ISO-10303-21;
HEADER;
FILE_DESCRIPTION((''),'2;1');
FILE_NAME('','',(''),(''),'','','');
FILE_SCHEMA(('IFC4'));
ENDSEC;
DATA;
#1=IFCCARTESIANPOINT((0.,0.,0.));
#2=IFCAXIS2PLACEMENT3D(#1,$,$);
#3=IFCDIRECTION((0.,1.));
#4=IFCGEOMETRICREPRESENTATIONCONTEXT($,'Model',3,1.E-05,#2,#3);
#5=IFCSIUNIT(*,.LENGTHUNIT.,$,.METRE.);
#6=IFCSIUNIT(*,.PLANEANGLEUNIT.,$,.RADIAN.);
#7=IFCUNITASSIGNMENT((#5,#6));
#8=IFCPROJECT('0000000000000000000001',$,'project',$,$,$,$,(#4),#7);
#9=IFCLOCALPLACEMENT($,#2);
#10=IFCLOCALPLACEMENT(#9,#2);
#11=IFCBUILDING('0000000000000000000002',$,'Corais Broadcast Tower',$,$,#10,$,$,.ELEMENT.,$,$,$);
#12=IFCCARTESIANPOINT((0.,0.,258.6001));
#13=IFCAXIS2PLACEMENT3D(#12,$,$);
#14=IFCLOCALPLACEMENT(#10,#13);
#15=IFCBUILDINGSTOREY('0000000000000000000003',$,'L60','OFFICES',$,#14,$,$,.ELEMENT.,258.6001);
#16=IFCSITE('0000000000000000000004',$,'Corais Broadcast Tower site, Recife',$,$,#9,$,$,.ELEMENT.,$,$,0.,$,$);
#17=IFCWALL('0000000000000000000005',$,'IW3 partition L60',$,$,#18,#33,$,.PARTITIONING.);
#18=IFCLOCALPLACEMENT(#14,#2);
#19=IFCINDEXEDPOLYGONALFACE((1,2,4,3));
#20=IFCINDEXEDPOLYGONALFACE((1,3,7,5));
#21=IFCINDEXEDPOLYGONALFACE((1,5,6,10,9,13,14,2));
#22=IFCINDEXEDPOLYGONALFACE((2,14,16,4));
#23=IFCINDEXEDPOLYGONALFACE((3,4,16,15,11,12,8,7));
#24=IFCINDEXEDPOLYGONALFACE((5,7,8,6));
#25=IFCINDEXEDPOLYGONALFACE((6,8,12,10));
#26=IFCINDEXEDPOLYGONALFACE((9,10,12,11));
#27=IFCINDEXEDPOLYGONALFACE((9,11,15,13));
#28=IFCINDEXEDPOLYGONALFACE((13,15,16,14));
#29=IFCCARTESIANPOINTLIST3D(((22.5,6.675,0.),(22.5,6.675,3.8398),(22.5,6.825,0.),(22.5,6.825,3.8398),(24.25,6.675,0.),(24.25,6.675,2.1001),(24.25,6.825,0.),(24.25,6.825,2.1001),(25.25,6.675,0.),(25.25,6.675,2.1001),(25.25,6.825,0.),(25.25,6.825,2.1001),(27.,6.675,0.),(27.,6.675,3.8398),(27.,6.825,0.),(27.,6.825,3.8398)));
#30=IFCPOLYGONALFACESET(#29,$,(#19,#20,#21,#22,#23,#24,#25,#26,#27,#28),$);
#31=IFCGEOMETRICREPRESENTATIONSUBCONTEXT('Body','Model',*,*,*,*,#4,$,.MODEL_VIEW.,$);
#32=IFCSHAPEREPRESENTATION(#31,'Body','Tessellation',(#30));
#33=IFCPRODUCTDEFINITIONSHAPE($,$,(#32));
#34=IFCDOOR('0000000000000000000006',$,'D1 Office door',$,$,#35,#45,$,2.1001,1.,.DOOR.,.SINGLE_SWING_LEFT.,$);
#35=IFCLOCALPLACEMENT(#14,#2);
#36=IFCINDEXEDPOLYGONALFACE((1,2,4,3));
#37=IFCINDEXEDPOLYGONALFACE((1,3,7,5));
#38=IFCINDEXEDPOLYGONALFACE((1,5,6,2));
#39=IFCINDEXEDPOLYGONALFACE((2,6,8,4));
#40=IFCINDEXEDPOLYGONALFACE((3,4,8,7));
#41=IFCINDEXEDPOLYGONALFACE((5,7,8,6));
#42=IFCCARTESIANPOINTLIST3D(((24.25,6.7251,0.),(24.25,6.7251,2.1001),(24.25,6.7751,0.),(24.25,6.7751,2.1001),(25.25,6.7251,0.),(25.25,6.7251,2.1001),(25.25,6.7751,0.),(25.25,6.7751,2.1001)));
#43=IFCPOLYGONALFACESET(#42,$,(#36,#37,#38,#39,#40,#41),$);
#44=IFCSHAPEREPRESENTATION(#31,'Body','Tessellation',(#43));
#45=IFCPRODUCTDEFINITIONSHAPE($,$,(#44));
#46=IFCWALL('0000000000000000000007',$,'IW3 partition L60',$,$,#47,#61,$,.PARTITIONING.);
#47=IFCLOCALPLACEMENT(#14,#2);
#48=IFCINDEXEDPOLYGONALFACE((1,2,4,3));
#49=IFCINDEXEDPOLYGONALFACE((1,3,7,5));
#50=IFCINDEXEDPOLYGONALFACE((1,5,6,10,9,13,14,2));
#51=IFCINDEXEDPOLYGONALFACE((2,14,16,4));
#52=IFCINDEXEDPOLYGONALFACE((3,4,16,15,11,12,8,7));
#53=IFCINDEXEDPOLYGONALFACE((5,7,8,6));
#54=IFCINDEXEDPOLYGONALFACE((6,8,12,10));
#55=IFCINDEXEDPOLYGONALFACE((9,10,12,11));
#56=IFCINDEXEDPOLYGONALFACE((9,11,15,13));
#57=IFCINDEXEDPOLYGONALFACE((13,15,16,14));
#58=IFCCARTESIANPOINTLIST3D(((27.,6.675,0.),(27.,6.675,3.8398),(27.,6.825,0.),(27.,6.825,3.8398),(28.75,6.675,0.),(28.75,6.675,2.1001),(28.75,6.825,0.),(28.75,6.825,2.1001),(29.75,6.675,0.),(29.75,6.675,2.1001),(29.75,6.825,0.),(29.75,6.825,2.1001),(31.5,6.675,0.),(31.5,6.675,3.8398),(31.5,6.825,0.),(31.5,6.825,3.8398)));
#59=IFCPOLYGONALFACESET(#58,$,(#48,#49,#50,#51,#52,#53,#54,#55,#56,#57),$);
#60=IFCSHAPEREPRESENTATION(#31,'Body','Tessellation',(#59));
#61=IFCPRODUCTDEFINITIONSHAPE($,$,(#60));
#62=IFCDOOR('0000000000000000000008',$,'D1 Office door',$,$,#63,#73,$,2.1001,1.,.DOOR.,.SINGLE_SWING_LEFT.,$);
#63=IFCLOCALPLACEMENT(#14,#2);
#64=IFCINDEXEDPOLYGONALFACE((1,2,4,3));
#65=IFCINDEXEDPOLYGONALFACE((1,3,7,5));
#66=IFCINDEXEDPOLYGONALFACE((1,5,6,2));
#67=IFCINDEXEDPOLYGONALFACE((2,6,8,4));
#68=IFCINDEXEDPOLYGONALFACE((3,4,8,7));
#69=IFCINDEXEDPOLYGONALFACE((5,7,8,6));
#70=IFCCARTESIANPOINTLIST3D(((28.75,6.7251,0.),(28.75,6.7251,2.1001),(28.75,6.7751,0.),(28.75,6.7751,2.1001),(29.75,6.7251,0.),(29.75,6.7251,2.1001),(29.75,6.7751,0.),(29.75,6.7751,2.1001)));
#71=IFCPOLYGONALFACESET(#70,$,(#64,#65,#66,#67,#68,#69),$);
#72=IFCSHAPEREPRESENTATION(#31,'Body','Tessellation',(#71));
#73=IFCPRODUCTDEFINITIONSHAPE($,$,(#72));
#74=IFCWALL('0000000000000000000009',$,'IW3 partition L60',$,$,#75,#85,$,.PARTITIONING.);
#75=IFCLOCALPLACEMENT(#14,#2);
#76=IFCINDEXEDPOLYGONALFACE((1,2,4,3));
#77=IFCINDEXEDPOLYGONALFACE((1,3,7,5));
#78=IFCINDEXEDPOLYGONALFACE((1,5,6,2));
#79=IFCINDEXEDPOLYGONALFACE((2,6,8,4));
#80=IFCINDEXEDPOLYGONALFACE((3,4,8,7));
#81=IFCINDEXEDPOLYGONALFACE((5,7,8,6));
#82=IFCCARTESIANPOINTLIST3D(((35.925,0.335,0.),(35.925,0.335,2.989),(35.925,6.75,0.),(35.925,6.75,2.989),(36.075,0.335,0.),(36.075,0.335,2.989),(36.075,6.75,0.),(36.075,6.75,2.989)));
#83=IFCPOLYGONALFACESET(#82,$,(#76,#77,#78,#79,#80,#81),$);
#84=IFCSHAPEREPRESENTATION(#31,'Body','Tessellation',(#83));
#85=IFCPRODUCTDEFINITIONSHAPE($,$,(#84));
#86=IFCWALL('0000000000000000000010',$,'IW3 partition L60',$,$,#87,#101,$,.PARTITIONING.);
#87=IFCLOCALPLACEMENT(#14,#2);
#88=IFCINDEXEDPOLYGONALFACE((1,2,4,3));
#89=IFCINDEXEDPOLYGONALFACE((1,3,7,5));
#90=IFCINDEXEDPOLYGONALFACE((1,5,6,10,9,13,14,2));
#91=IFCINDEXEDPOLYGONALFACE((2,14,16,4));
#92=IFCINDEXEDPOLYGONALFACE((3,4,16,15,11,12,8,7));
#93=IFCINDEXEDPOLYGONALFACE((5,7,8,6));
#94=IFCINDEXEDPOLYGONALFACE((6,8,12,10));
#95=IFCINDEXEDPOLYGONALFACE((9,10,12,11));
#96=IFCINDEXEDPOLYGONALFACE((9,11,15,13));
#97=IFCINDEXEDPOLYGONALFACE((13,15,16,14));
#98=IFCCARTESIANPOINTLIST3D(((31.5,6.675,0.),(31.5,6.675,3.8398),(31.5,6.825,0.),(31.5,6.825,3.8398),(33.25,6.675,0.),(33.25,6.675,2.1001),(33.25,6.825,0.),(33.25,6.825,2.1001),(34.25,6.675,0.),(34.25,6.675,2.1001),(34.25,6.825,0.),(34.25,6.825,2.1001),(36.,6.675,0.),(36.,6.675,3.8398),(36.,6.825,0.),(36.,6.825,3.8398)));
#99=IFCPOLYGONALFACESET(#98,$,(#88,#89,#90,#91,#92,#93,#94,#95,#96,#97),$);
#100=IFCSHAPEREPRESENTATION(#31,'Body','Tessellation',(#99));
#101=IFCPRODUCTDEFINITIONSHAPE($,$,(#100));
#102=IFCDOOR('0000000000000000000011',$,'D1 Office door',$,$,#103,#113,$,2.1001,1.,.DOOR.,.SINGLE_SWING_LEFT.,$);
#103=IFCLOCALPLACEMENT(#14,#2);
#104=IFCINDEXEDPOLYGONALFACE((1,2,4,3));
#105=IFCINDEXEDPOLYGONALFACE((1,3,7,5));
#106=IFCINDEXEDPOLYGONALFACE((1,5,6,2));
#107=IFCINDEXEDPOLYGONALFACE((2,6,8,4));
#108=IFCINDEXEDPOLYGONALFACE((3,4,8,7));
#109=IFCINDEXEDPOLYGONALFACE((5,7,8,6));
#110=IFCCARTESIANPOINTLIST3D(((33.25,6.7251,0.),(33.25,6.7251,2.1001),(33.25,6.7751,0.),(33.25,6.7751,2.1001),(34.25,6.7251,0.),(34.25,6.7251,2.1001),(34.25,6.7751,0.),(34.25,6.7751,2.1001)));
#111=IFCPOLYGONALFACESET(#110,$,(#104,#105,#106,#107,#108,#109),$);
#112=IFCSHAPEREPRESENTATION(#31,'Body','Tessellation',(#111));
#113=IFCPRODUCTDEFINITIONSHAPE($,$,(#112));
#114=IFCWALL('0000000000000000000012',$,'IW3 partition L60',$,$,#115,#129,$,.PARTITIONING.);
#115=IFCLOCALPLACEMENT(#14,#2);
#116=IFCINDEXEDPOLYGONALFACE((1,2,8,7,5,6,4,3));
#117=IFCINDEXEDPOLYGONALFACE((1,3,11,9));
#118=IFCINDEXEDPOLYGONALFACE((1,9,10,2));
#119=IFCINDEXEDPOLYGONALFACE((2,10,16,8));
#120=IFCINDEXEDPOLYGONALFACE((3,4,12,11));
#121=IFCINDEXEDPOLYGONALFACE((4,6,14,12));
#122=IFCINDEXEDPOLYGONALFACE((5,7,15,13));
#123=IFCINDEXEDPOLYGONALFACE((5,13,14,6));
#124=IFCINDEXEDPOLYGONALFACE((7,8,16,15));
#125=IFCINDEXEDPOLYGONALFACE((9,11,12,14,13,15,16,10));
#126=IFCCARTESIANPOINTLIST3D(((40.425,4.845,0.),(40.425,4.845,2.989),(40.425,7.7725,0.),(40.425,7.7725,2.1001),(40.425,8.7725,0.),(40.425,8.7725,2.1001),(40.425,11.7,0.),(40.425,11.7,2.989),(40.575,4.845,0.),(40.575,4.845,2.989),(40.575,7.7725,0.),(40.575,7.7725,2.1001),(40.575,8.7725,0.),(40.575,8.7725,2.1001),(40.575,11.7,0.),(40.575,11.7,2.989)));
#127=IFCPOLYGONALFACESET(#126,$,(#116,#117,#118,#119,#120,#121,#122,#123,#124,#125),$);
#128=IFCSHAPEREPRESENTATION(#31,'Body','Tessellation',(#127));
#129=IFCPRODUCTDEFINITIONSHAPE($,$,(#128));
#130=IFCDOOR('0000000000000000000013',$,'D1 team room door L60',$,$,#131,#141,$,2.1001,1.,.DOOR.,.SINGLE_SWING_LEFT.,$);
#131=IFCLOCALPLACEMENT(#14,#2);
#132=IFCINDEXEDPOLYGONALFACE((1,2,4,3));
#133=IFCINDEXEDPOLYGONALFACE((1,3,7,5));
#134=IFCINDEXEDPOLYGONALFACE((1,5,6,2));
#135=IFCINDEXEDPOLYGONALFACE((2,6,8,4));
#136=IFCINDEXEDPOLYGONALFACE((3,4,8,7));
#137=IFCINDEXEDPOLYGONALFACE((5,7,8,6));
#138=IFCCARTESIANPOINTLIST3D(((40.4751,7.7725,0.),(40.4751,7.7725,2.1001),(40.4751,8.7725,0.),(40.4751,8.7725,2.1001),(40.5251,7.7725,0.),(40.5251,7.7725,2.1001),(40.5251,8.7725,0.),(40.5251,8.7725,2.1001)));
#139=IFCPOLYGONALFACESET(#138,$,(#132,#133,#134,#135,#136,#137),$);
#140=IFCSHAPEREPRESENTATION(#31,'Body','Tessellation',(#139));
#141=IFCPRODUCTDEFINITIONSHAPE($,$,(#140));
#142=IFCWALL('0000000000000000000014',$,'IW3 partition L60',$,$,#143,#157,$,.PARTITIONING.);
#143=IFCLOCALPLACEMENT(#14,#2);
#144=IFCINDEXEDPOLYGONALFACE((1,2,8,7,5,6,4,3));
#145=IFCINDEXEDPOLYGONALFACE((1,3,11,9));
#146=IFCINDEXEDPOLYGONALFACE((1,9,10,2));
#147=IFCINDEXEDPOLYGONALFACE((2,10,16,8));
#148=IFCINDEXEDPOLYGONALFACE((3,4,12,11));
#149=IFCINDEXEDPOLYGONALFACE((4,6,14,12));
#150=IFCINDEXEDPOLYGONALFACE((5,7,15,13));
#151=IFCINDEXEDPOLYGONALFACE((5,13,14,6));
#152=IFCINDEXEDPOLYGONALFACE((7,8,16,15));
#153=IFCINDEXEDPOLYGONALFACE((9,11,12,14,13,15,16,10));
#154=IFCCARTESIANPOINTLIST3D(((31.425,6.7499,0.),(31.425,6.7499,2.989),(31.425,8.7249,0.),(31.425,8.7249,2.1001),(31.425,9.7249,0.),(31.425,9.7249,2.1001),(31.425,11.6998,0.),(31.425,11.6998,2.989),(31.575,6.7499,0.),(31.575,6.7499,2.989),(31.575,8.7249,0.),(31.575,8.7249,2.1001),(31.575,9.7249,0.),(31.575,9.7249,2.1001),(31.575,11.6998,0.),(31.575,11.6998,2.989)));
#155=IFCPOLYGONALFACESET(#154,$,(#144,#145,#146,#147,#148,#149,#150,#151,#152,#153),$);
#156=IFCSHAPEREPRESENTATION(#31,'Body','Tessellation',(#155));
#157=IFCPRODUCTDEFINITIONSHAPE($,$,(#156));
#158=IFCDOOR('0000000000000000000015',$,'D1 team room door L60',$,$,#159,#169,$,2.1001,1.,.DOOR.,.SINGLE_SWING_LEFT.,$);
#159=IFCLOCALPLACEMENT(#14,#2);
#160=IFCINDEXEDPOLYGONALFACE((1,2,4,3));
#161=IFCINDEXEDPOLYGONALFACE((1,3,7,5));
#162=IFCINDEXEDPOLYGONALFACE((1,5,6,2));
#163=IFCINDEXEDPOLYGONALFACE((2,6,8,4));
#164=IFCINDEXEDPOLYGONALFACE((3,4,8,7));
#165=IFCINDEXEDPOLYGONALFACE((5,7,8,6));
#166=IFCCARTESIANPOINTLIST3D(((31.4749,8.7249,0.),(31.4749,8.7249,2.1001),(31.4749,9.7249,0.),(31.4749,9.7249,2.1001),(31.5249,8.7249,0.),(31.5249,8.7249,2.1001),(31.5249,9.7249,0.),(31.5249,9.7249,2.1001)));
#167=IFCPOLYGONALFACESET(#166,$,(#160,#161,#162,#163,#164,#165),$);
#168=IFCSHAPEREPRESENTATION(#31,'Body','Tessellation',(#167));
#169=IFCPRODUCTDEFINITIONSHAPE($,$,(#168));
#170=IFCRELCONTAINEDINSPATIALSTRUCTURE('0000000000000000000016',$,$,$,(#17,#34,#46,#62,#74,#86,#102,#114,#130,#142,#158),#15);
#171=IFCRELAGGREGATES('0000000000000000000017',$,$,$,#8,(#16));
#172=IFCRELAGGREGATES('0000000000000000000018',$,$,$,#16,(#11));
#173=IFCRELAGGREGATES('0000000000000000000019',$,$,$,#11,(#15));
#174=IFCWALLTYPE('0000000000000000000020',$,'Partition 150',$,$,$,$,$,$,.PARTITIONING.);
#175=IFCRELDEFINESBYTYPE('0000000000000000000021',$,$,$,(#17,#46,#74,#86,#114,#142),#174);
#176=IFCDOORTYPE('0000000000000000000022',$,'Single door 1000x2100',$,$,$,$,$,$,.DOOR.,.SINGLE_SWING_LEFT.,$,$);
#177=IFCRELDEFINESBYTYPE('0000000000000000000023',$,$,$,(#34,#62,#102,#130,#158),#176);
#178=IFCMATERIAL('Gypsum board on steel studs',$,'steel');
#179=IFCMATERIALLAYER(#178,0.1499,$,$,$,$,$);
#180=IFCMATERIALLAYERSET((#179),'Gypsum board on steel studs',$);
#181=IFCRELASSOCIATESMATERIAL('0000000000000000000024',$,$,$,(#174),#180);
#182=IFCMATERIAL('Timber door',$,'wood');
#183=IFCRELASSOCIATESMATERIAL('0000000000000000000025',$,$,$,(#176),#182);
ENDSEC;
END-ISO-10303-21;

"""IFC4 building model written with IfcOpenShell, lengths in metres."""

from ifc_helpers import new_model, si_unit, direction, frame, frame_2d, origin, place, context, subcontext, project, spatial, rectangle, extrude, material, layer, layer_set, type_object, element, fill, save


model = new_model("IFC4")

# Units and contexts
model_context = context("Model", 3, precision=1e-05, world=origin(), true_north=direction((0.0, 1.0)))
body_context = subcontext(model_context, "Body", "Model", "MODEL_VIEW")
ifc_project = project(units=[si_unit("LENGTHUNIT", "METRE"), si_unit("PLANEANGLEUNIT", "RADIAN")], contexts=[model_context])

# Site, building, storey
site_placement = place(None, origin())
site = spatial("IfcSite", under=ifc_project, at=site_placement, Name="Corais Broadcast Tower site, Recife", CompositionType="ELEMENT", RefElevation=0.0)
building_placement = place(site_placement, origin())
building = spatial("IfcBuilding", under=site, at=building_placement, Name="Corais Broadcast Tower", CompositionType="ELEMENT")
storey_placement = place(building_placement, frame((0.0, 0.0, 258.6001)))
storey = spatial("IfcBuildingStorey", under=building, at=storey_placement, Name="L60", Description="OFFICES", CompositionType="ELEMENT", Elevation=258.6001)

# Walls, openings, doors
ifc_material_1 = material(Name="Gypsum board on steel studs", Category="steel")
ifc_layer_1 = layer(ifc_material_1, 0.1499)
ifc_layer_set_1 = layer_set([ifc_layer_1], Name="Gypsum board on steel studs")
wall_type_1 = type_object("IfcWallType", Name="Partition 150", PredefinedType="PARTITIONING", material=ifc_layer_set_1)
wall_1_placement = place(storey_placement, frame((27.0, 6.75, 0.0), z_axis=(0.0, 0.0, 1.0), x_axis=(-1.0, 0.0, 0.0)))
wall_1 = element("IfcWall", 1, at=wall_1_placement, inside=storey, type_object=wall_type_1, Name="IW3 partition L60", PredefinedType="PARTITIONING", context=body_context, shape_type="SweptSolid", body=[
    extrude(rectangle(XDim=4.5, YDim=0.1499, at=frame_2d((2.25, 0.0))), origin(), (0.0, 0.0, 1.0), 3.8398),
])
opening_1_placement = place(wall_1_placement, frame((1.75, 0.0, 0.0)))
opening_1 = element("IfcOpeningElement", 2, at=opening_1_placement, cuts=wall_1, PredefinedType="OPENING", context=body_context, shape_type="SweptSolid", body=[
    extrude(rectangle(XDim=1.0, YDim=2.1001, at=frame_2d((0.5, 1.05))), frame((0.0, 0.085, 0.0), z_axis=(0.0, -1.0, 0.0), x_axis=(1.0, 0.0, 0.0)), (0.0, 0.0, 1.0), 0.1699),
])
ifc_material_2 = material(Name="Timber door", Category="wood")
door_type = type_object("IfcDoorType", Name="Single door 1000x2100", OperationType="SINGLE_SWING_LEFT", PredefinedType="DOOR", material=ifc_material_2)
door_1_placement = place(opening_1_placement, origin())
door_1 = element("IfcDoor", 3, at=door_1_placement, inside=storey, type_object=door_type, Name="D1 Office door", OperationType="SINGLE_SWING_LEFT", OverallHeight=2.1001, OverallWidth=1.0, PredefinedType="DOOR", context=body_context, shape_type="SweptSolid", body=[
    extrude(rectangle(XDim=1.0, YDim=2.1001, at=frame_2d((0.5, 1.05))), frame((0.0, 0.0249, 0.0), z_axis=(0.0, -1.0, 0.0), x_axis=(1.0, 0.0, 0.0)), (0.0, 0.0, 1.0), 0.05),
])
fill(opening_1, door_1)
wall_2_placement = place(storey_placement, frame((31.5, 6.75, 0.0), z_axis=(0.0, 0.0, 1.0), x_axis=(-1.0, 0.0, 0.0)))
wall_2 = element("IfcWall", 4, at=wall_2_placement, inside=storey, type_object=wall_type_1, Name="IW3 partition L60", PredefinedType="PARTITIONING", context=body_context, shape_type="SweptSolid", body=[
    extrude(rectangle(XDim=4.5, YDim=0.1499, at=frame_2d((2.25, 0.0))), origin(), (0.0, 0.0, 1.0), 3.8398),
])
opening_2_placement = place(wall_2_placement, frame((1.75, 0.0, 0.0)))
opening_2 = element("IfcOpeningElement", 5, at=opening_2_placement, cuts=wall_2, PredefinedType="OPENING", context=body_context, shape_type="SweptSolid", body=[
    extrude(rectangle(XDim=1.0, YDim=2.1001, at=frame_2d((0.5, 1.05))), frame((0.0, 0.085, 0.0), z_axis=(0.0, -1.0, 0.0), x_axis=(1.0, 0.0, 0.0)), (0.0, 0.0, 1.0), 0.1699),
])
door_2_placement = place(opening_2_placement, origin())
door_2 = element("IfcDoor", 6, at=door_2_placement, inside=storey, type_object=door_type, Name="D1 Office door", OperationType="SINGLE_SWING_LEFT", OverallHeight=2.1001, OverallWidth=1.0, PredefinedType="DOOR", context=body_context, shape_type="SweptSolid", body=[
    extrude(rectangle(XDim=1.0, YDim=2.1001, at=frame_2d((0.5, 1.05))), frame((0.0, 0.0249, 0.0), z_axis=(0.0, -1.0, 0.0), x_axis=(1.0, 0.0, 0.0)), (0.0, 0.0, 1.0), 0.05),
])
fill(opening_2, door_2)

# Wall
wall_3_placement = place(storey_placement, frame((36.0, 0.335, 0.0), z_axis=(0.0, 0.0, 1.0), x_axis=(0.0, 1.0, 0.0)))
element("IfcWall", 7, at=wall_3_placement, inside=storey, type_object=wall_type_1, Name="IW3 partition L60", PredefinedType="PARTITIONING", context=body_context, shape_type="SweptSolid", body=[
    extrude(rectangle(XDim=6.415, YDim=0.1499, at=frame_2d((3.2075, 0.0))), origin(), (0.0, 0.0, 1.0), 2.989),
])

# Walls, openings, doors
wall_4_placement = place(storey_placement, frame((36.0, 6.75, 0.0), z_axis=(0.0, 0.0, 1.0), x_axis=(-1.0, 0.0, 0.0)))
wall_4 = element("IfcWall", 8, at=wall_4_placement, inside=storey, type_object=wall_type_1, Name="IW3 partition L60", PredefinedType="PARTITIONING", context=body_context, shape_type="SweptSolid", body=[
    extrude(rectangle(XDim=4.5, YDim=0.1499, at=frame_2d((2.25, 0.0))), origin(), (0.0, 0.0, 1.0), 3.8398),
])
opening_3_placement = place(wall_4_placement, frame((1.75, 0.0, 0.0)))
opening_3 = element("IfcOpeningElement", 9, at=opening_3_placement, cuts=wall_4, PredefinedType="OPENING", context=body_context, shape_type="SweptSolid", body=[
    extrude(rectangle(XDim=1.0, YDim=2.1001, at=frame_2d((0.5, 1.05))), frame((0.0, 0.085, 0.0), z_axis=(0.0, -1.0, 0.0), x_axis=(1.0, 0.0, 0.0)), (0.0, 0.0, 1.0), 0.1699),
])
door_3_placement = place(opening_3_placement, origin())
door_3 = element("IfcDoor", 10, at=door_3_placement, inside=storey, type_object=door_type, Name="D1 Office door", OperationType="SINGLE_SWING_LEFT", OverallHeight=2.1001, OverallWidth=1.0, PredefinedType="DOOR", context=body_context, shape_type="SweptSolid", body=[
    extrude(rectangle(XDim=1.0, YDim=2.1001, at=frame_2d((0.5, 1.05))), frame((0.0, 0.0249, 0.0), z_axis=(0.0, -1.0, 0.0), x_axis=(1.0, 0.0, 0.0)), (0.0, 0.0, 1.0), 0.05),
])
fill(opening_3, door_3)
wall_5_placement = place(storey_placement, frame((40.5, 4.845, 0.0), z_axis=(0.0, 0.0, 1.0), x_axis=(0.0, 1.0, 0.0)))
wall_5 = element("IfcWall", 11, at=wall_5_placement, inside=storey, type_object=wall_type_1, Name="IW3 partition L60", PredefinedType="PARTITIONING", context=body_context, shape_type="SweptSolid", body=[
    extrude(rectangle(XDim=6.855, YDim=0.1499, at=frame_2d((3.4275, 0.0))), origin(), (0.0, 0.0, 1.0), 2.989),
])
opening_4_placement = place(wall_5_placement, frame((2.9275, 0.0, 0.0)))
opening_4 = element("IfcOpeningElement", 12, at=opening_4_placement, cuts=wall_5, PredefinedType="OPENING", context=body_context, shape_type="SweptSolid", body=[
    extrude(rectangle(XDim=1.0, YDim=2.1001, at=frame_2d((0.5, 1.05))), frame((0.0, 0.085, 0.0), z_axis=(0.0, -1.0, 0.0), x_axis=(1.0, 0.0, 0.0)), (0.0, 0.0, 1.0), 0.1699),
])
door_4_placement = place(opening_4_placement, origin())
door_4 = element("IfcDoor", 13, at=door_4_placement, inside=storey, type_object=door_type, Name="D1 team room door L60", OperationType="SINGLE_SWING_LEFT", OverallHeight=2.1001, OverallWidth=1.0, PredefinedType="DOOR", context=body_context, shape_type="SweptSolid", body=[
    extrude(rectangle(XDim=1.0, YDim=2.1001, at=frame_2d((0.5, 1.05))), frame((0.0, 0.0249, 0.0), z_axis=(0.0, -1.0, 0.0), x_axis=(1.0, 0.0, 0.0)), (0.0, 0.0, 1.0), 0.05),
])
fill(opening_4, door_4)
wall_6_placement = place(storey_placement, frame((31.5, 11.7, 0.0), z_axis=(0.0, 0.0, 1.0), x_axis=(0.0, -1.0, 0.0)))
wall_6 = element("IfcWall", 14, at=wall_6_placement, inside=storey, type_object=wall_type_1, Name="IW3 partition L60", PredefinedType="PARTITIONING", context=body_context, shape_type="SweptSolid", body=[
    extrude(rectangle(XDim=4.95, YDim=0.1499, at=frame_2d((2.4751, 0.0))), origin(), (0.0, 0.0, 1.0), 2.989),
])
opening_5_placement = place(wall_6_placement, frame((1.9751, 0.0, 0.0)))
opening_5 = element("IfcOpeningElement", 15, at=opening_5_placement, cuts=wall_6, PredefinedType="OPENING", context=body_context, shape_type="SweptSolid", body=[
    extrude(rectangle(XDim=1.0, YDim=2.1001, at=frame_2d((0.5, 1.05))), frame((0.0, 0.085, 0.0), z_axis=(0.0, -1.0, 0.0), x_axis=(1.0, 0.0, 0.0)), (0.0, 0.0, 1.0), 0.1699),
])
door_5_placement = place(opening_5_placement, origin())
door_5 = element("IfcDoor", 16, at=door_5_placement, inside=storey, type_object=door_type, Name="D1 team room door L60", OperationType="SINGLE_SWING_LEFT", OverallHeight=2.1001, OverallWidth=1.0, PredefinedType="DOOR", context=body_context, shape_type="SweptSolid", body=[
    extrude(rectangle(XDim=1.0, YDim=2.1001, at=frame_2d((0.5, 1.05))), frame((0.0, 0.0249, 0.0), z_axis=(0.0, -1.0, 0.0), x_axis=(1.0, 0.0, 0.0)), (0.0, 0.0, 1.0), 0.05),
])
fill(opening_5, door_5)

save(model, "model.ifc")
